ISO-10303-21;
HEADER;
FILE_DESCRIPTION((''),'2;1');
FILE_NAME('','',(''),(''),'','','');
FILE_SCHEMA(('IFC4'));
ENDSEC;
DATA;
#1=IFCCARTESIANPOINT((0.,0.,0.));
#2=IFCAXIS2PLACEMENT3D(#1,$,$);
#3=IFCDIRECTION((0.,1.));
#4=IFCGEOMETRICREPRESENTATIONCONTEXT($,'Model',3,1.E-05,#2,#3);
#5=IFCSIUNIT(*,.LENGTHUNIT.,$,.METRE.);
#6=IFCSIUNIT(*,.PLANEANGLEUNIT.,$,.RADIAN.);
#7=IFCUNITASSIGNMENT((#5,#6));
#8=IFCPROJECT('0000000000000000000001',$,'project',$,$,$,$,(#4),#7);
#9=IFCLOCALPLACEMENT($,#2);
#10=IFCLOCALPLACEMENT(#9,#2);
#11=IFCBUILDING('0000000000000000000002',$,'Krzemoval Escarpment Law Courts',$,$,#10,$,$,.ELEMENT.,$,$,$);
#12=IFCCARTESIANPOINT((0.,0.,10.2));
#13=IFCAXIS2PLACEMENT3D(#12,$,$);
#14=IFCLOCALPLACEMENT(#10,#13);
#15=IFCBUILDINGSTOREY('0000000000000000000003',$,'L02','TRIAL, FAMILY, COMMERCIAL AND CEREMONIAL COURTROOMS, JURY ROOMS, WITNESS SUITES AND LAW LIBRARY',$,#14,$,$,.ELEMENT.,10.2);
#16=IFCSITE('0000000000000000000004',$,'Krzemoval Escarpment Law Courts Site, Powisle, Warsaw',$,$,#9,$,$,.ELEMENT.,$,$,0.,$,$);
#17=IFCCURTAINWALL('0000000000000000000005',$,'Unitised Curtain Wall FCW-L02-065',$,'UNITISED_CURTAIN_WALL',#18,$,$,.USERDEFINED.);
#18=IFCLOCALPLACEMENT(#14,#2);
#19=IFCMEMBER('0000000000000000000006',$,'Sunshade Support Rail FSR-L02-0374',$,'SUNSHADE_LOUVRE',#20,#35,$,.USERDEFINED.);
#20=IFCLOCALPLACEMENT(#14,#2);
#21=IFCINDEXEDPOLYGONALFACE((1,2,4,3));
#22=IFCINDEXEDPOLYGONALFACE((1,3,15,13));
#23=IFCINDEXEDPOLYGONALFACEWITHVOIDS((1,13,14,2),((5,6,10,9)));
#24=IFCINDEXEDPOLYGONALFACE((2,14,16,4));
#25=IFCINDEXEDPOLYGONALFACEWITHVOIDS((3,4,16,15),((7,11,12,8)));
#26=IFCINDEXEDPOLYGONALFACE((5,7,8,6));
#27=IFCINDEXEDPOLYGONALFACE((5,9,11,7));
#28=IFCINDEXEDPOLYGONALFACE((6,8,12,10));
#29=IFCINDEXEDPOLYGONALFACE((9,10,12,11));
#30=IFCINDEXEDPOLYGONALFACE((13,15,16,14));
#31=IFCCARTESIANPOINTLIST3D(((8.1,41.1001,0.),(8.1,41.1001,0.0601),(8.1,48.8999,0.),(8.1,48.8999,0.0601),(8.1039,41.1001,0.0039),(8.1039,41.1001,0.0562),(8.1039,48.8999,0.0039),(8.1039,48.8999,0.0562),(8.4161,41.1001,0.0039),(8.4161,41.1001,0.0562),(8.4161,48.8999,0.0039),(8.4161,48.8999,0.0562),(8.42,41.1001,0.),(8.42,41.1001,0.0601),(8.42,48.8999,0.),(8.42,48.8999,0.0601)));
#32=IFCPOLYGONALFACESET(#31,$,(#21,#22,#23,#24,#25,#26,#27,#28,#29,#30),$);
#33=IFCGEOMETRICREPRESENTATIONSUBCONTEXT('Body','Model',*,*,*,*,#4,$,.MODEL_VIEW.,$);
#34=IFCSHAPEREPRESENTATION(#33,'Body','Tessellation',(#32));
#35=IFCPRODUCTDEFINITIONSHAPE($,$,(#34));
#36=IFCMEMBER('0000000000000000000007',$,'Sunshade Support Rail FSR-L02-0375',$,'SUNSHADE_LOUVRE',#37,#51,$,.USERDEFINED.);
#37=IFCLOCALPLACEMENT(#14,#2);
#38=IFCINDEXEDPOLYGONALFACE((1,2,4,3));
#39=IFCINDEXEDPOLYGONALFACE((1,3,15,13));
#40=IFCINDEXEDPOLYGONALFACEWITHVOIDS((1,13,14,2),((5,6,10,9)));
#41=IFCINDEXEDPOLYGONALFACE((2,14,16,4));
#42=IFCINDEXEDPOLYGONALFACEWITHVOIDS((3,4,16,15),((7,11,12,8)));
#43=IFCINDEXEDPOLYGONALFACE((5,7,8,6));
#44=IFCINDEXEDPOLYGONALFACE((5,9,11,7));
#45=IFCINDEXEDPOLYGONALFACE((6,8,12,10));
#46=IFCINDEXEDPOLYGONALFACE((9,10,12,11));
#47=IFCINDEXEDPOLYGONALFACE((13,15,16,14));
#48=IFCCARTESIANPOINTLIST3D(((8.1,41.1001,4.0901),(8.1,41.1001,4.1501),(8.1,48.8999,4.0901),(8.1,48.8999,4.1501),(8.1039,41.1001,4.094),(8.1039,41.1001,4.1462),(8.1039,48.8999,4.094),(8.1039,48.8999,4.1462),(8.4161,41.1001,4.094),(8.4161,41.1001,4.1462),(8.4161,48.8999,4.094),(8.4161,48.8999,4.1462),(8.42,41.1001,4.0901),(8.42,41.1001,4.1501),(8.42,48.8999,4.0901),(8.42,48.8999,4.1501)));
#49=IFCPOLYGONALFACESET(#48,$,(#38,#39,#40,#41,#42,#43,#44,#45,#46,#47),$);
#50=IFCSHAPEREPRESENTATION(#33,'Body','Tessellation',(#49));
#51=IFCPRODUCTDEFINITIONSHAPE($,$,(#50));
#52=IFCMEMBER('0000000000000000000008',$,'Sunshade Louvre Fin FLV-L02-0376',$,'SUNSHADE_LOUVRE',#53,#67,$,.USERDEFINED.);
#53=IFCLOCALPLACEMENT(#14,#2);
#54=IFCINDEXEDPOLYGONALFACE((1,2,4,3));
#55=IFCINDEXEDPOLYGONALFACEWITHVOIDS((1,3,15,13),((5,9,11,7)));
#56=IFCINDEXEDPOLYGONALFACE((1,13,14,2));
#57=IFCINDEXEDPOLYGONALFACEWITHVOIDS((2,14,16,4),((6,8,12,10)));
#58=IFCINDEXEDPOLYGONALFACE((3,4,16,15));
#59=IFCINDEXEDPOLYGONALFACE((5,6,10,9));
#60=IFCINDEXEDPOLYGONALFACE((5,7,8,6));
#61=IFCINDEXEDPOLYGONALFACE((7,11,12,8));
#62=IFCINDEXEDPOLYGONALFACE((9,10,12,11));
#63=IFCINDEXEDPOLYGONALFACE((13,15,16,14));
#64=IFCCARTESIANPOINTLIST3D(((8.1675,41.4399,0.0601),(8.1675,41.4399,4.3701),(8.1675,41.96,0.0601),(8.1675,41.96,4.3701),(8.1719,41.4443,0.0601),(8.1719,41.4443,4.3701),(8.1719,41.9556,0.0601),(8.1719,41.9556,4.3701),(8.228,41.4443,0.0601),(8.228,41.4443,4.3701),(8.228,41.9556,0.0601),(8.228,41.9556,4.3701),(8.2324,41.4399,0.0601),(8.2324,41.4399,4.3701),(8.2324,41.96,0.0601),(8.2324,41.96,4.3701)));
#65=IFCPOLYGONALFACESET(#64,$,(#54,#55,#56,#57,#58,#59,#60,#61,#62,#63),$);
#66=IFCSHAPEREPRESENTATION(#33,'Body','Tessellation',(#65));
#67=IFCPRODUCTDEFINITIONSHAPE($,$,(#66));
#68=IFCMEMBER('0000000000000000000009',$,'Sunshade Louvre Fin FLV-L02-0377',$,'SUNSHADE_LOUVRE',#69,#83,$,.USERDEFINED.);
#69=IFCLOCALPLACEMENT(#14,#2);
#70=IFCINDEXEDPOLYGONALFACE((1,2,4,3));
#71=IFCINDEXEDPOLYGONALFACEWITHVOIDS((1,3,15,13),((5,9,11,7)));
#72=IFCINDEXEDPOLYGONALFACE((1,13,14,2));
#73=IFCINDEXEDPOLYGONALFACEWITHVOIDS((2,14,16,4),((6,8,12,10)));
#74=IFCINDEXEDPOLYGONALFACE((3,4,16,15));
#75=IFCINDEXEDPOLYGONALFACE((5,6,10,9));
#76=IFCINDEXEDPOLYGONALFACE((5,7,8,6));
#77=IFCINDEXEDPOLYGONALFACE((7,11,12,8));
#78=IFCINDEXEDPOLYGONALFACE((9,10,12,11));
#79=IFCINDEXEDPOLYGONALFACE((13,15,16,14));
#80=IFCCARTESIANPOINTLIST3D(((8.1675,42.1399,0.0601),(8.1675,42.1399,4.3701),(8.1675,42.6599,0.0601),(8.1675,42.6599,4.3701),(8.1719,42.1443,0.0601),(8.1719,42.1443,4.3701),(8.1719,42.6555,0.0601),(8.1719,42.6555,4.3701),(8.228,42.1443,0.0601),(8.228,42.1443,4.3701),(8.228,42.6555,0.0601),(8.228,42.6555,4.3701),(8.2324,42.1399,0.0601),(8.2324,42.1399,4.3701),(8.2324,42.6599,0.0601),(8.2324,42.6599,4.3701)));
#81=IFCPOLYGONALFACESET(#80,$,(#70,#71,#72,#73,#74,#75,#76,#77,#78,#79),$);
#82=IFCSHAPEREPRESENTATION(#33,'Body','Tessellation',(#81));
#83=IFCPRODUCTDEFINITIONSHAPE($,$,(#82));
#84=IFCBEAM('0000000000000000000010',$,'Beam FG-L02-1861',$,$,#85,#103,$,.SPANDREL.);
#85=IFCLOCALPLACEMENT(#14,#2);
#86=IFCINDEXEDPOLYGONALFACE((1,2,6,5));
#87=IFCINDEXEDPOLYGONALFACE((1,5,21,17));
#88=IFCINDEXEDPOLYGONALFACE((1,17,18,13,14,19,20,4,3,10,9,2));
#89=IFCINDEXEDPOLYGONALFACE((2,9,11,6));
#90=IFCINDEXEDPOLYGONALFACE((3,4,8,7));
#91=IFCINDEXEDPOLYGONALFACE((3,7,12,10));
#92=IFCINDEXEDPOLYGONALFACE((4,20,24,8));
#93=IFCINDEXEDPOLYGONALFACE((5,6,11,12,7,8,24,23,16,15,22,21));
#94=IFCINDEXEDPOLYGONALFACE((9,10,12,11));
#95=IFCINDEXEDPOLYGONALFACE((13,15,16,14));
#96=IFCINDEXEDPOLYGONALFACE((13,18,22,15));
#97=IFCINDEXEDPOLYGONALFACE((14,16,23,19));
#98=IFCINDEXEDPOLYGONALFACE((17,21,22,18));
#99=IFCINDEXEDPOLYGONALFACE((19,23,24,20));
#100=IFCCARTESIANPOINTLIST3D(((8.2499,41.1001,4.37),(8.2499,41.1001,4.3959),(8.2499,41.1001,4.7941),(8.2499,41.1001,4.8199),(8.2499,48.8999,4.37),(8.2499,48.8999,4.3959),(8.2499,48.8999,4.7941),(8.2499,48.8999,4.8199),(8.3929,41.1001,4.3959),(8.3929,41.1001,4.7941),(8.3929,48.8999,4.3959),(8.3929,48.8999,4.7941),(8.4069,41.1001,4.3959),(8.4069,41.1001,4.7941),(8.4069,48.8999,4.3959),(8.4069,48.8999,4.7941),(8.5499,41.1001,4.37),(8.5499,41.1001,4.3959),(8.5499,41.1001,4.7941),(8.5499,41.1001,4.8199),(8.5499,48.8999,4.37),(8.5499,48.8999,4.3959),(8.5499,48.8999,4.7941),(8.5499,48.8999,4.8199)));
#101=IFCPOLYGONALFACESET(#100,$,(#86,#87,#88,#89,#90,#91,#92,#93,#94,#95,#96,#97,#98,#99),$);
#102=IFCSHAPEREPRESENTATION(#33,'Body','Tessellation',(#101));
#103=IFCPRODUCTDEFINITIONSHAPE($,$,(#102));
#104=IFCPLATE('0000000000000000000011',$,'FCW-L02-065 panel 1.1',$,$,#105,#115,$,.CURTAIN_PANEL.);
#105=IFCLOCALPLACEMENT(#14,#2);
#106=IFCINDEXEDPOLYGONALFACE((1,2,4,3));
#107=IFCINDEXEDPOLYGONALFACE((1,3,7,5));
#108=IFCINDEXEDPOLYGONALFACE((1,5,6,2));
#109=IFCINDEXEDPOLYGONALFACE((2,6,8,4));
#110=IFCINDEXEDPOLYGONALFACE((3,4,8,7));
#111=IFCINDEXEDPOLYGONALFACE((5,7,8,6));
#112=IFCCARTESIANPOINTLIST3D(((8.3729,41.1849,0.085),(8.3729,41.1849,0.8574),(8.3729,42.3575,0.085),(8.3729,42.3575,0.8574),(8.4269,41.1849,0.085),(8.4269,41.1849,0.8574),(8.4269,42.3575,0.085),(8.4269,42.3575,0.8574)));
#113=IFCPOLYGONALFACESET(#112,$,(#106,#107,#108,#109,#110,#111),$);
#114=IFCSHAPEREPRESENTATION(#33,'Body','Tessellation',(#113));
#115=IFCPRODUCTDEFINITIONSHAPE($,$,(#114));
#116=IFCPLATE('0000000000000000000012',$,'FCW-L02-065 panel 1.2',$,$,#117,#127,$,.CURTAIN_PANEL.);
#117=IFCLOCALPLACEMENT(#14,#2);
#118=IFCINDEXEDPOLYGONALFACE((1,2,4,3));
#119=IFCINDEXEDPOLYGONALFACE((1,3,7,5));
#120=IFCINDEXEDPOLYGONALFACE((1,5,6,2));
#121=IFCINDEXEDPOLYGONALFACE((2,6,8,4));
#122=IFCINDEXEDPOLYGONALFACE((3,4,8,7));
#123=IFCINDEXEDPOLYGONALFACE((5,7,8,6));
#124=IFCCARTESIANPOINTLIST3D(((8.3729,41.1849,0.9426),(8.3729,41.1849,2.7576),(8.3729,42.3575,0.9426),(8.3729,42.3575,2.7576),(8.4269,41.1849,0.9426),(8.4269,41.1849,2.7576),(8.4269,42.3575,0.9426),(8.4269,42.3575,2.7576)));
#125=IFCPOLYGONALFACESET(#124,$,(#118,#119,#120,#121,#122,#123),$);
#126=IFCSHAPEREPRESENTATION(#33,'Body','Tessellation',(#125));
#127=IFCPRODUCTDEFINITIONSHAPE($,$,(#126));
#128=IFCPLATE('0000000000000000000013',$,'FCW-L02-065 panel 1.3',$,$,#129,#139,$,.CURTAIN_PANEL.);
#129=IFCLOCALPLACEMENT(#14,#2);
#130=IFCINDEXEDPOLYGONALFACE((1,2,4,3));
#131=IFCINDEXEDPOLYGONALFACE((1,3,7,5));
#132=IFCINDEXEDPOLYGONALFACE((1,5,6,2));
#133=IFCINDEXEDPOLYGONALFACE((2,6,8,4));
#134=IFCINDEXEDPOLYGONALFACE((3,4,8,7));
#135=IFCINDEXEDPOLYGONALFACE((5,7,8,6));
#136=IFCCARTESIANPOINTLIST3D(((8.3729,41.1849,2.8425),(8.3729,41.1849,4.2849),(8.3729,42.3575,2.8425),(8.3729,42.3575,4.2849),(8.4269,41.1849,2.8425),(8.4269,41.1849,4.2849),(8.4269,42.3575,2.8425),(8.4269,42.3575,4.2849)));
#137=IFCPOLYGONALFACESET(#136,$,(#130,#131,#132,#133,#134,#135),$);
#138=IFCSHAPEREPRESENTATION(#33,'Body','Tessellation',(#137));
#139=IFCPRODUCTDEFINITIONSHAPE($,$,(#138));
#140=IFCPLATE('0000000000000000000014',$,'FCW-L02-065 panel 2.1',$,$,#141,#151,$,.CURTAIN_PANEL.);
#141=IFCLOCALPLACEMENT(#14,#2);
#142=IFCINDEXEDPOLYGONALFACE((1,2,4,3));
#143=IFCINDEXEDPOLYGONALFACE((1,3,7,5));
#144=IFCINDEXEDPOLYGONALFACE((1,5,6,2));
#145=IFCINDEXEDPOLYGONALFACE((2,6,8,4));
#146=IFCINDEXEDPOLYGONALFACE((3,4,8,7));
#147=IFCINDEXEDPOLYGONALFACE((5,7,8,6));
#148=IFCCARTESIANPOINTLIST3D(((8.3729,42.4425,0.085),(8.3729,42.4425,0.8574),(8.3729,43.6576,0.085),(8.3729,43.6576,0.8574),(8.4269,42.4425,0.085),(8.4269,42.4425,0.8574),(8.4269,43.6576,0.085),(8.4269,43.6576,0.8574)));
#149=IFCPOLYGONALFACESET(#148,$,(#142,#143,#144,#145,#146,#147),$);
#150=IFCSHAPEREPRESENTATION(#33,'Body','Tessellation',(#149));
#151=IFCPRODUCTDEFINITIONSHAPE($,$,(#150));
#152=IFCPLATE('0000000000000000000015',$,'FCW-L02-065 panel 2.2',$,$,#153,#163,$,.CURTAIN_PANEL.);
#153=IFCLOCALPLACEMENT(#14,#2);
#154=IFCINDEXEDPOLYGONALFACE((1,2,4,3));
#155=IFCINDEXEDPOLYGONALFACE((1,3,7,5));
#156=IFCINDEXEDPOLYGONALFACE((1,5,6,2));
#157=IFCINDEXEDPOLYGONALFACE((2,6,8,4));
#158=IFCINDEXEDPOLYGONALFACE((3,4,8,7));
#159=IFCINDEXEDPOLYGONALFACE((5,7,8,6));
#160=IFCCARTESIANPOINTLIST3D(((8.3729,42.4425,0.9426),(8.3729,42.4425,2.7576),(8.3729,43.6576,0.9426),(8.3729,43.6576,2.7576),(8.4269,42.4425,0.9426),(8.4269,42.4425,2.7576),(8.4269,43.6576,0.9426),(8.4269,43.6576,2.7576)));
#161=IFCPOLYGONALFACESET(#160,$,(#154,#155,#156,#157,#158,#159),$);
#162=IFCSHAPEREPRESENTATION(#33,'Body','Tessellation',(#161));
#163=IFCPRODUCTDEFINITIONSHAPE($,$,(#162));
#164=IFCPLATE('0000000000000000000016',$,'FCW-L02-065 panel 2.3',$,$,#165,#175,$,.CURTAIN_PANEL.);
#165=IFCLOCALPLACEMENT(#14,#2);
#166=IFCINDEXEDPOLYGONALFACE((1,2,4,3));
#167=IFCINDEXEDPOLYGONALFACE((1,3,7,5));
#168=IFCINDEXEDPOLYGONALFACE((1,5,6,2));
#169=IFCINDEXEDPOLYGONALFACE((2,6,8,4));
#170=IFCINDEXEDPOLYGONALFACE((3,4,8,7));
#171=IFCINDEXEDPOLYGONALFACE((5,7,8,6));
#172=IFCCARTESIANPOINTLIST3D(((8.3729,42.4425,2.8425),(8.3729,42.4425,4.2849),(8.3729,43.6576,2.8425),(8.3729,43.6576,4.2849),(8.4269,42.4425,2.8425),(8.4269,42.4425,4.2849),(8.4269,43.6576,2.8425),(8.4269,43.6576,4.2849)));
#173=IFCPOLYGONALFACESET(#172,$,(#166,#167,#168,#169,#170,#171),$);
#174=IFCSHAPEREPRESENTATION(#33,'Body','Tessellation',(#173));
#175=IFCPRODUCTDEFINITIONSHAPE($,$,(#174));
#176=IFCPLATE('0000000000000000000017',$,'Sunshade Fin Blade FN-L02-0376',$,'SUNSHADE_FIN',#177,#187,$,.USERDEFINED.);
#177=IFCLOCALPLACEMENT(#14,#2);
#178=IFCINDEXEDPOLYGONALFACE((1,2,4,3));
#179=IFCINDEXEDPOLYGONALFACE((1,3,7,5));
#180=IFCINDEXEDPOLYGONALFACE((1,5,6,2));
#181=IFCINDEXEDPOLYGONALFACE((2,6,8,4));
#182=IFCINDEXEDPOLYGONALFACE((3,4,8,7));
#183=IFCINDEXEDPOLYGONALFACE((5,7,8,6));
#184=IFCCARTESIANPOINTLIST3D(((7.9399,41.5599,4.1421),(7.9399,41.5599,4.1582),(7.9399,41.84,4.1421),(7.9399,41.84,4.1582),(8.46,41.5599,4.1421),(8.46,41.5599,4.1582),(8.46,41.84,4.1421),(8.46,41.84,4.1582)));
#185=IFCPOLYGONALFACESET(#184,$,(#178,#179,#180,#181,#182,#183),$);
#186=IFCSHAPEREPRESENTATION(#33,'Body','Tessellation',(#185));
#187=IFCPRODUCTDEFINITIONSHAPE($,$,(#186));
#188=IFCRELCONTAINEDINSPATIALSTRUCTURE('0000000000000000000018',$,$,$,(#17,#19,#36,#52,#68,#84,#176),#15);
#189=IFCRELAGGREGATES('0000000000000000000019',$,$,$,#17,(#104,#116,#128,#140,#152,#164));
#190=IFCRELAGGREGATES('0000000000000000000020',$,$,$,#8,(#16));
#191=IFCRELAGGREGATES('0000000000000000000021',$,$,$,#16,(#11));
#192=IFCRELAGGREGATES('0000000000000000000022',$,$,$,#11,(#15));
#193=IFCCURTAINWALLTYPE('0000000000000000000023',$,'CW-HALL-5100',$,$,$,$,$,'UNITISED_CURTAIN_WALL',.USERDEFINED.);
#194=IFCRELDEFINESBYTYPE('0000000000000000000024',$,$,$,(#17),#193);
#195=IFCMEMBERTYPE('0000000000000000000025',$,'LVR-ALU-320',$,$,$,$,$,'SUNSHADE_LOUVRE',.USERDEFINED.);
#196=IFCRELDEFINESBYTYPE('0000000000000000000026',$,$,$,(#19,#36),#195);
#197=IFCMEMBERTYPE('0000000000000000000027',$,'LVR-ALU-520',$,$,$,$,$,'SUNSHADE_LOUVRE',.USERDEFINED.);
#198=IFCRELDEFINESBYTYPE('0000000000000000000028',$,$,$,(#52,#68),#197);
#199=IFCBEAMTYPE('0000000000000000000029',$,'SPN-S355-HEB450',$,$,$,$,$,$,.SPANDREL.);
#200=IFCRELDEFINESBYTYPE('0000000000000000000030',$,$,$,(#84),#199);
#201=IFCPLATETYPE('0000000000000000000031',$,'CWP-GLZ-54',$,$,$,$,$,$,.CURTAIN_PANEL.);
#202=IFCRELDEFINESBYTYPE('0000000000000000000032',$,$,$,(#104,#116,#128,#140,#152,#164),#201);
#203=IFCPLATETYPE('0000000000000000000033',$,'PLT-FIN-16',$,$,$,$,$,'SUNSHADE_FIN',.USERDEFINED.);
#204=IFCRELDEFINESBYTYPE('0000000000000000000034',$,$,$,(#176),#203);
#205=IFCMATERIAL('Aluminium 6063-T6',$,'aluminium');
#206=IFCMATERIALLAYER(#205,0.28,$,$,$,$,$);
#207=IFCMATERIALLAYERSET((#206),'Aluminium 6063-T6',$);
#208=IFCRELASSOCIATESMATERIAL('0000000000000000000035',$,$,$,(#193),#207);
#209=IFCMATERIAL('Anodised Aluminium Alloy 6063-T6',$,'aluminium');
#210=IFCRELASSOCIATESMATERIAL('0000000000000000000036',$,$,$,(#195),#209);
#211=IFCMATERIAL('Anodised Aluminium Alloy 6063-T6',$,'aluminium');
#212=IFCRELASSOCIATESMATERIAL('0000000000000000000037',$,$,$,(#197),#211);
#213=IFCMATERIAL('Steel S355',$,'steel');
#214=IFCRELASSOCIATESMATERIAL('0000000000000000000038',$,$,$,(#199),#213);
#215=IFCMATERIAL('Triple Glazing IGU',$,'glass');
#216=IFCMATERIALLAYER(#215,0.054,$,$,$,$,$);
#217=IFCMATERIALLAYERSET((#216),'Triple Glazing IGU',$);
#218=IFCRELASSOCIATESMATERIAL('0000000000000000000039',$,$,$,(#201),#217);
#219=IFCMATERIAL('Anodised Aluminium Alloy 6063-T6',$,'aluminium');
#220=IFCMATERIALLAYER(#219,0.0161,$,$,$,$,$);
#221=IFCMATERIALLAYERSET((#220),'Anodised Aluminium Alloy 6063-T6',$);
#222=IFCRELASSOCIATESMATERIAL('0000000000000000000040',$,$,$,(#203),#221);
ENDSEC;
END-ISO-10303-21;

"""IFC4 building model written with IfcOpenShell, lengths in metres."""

from ifc_helpers import new_model, si_unit, direction, frame, origin, origin_2d, place, context, subcontext, project, spatial, rectangle, hollow_rectangle, i_section, extrude, material, layer, layer_set, material_profile, profile_set, type_object, element, aggregate, save


model = new_model("IFC4")

# Units and contexts
model_context = context("Model", 3, precision=1e-05, world=origin(), true_north=direction((0.0, 1.0)))
body_context = subcontext(model_context, "Body", "Model", "MODEL_VIEW")
ifc_project = project(units=[si_unit("LENGTHUNIT", "METRE"), si_unit("PLANEANGLEUNIT", "RADIAN")], contexts=[model_context])

# Site, building, storey
site_placement = place(None, origin())
site = spatial("IfcSite", under=ifc_project, at=site_placement, Name="Krzemoval Escarpment Law Courts Site, Powisle, Warsaw", CompositionType="ELEMENT", RefElevation=0.0)
building_placement = place(site_placement, origin())
building = spatial("IfcBuilding", under=site, at=building_placement, Name="Krzemoval Escarpment Law Courts", CompositionType="ELEMENT")
storey_placement = place(building_placement, frame((0.0, 0.0, 10.2)))
storey = spatial("IfcBuildingStorey", under=building, at=storey_placement, Name="L02", Description="TRIAL, FAMILY, COMMERCIAL AND CEREMONIAL COURTROOMS, JURY ROOMS, WITNESS SUITES AND LAW LIBRARY", CompositionType="ELEMENT", Elevation=10.2)

# Curtain wall
ifc_material_1 = material(Name="Aluminium 6063-T6", Category="aluminium")
ifc_layer_1 = layer(ifc_material_1, 0.28)
ifc_layer_set_1 = layer_set([ifc_layer_1], Name="Aluminium 6063-T6")
curtain_wall_type = type_object("IfcCurtainWallType", Name="CW-HALL-5100", ElementType="UNITISED_CURTAIN_WALL", PredefinedType="USERDEFINED", material=ifc_layer_set_1)
curtain_wall_placement = place(storey_placement, origin())
curtain_wall = element("IfcCurtainWall", 1, at=curtain_wall_placement, inside=storey, type_object=curtain_wall_type, Name="Unitised Curtain Wall FCW-L02-065", ObjectType="UNITISED_CURTAIN_WALL", PredefinedType="USERDEFINED")

# Members
ifc_material_2 = material(Name="Anodised Aluminium Alloy 6063-T6", Category="aluminium")
ifc_material_profile_1 = material_profile(ifc_material_2, hollow_rectangle(XDim=0.0601, YDim=0.3201, WallThickness=0.0039, at=origin_2d()), Name="ALU LVR 60x320")
ifc_profile_set_1 = profile_set([ifc_material_profile_1], Name="Anodised Aluminium Alloy 6063-T6")
member_type_1 = type_object("IfcMemberType", Name="LVR-ALU-320", ElementType="SUNSHADE_LOUVRE", PredefinedType="USERDEFINED", material=ifc_profile_set_1)
for number, where, z_axis, x_axis, name in (
    (2, (8.26, 41.1001, 0.03), (0.0, 1.0, 0.0), (0.0, 0.0, 1.0), "Sunshade Support Rail FSR-L02-0374"),
    (3, (8.26, 41.1001, 4.1201), (0.0, 1.0, 0.0), (0.0, 0.0, 1.0), "Sunshade Support Rail FSR-L02-0375"),
):
    element("IfcMember", number, at=place(storey_placement, frame(where, z_axis=z_axis, x_axis=x_axis)), inside=storey, type_object=member_type_1, Name=name, ObjectType="SUNSHADE_LOUVRE", PredefinedType="USERDEFINED", context=body_context, shape_type="SweptSolid", body=[
        extrude(hollow_rectangle(XDim=0.0601, YDim=0.3201, WallThickness=0.0039, at=origin_2d()), origin(), (0.0, 0.0, 1.0), 7.7998),
    ])
ifc_material_3 = material(Name="Anodised Aluminium Alloy 6063-T6", Category="aluminium")
ifc_material_profile_2 = material_profile(ifc_material_3, hollow_rectangle(XDim=0.0649, YDim=0.52, WallThickness=0.0044, at=origin_2d()), Name="ALU LVR 65x520")
ifc_profile_set_2 = profile_set([ifc_material_profile_2], Name="Anodised Aluminium Alloy 6063-T6")
member_type_2 = type_object("IfcMemberType", Name="LVR-ALU-520", ElementType="SUNSHADE_LOUVRE", PredefinedType="USERDEFINED", material=ifc_profile_set_2)
for number, where, z_axis, x_axis, name in (
    (4, (8.2, 41.7, 0.0601), (0.0, 0.0, 1.0), (1.0, 0.0, 0.0), "Sunshade Louvre Fin FLV-L02-0376"),
    (5, (8.2, 42.3999, 0.0601), (0.0, 0.0, 1.0), (1.0, 0.0, 0.0), "Sunshade Louvre Fin FLV-L02-0377"),
):
    element("IfcMember", number, at=place(storey_placement, frame(where, z_axis=z_axis, x_axis=x_axis)), inside=storey, type_object=member_type_2, Name=name, ObjectType="SUNSHADE_LOUVRE", PredefinedType="USERDEFINED", context=body_context, shape_type="SweptSolid", body=[
        extrude(hollow_rectangle(XDim=0.0649, YDim=0.52, WallThickness=0.0044, at=origin_2d()), origin(), (0.0, 0.0, 1.0), 4.3101),
    ])

# Beam
ifc_material_4 = material(Name="Steel S355", Category="steel")
ifc_material_profile_3 = material_profile(ifc_material_4, i_section(OverallWidth=0.3, OverallDepth=0.45, WebThickness=0.0139, FlangeThickness=0.0259, at=origin_2d()), Name="HEB 450")
ifc_profile_set_3 = profile_set([ifc_material_profile_3], Name="Steel S355")
beam_type = type_object("IfcBeamType", Name="SPN-S355-HEB450", PredefinedType="SPANDREL", material=ifc_profile_set_3)
beam_placement = place(storey_placement, frame((8.3999, 41.1001, 4.595), z_axis=(0.0, 1.0, 0.0), x_axis=(-1.0, 0.0, 0.0)))
element("IfcBeam", 6, at=beam_placement, inside=storey, type_object=beam_type, Name="Beam FG-L02-1861", PredefinedType="SPANDREL", context=body_context, shape_type="SweptSolid", body=[
    extrude(i_section(OverallWidth=0.3, OverallDepth=0.45, WebThickness=0.0139, FlangeThickness=0.0259, at=origin_2d()), origin(), (0.0, 0.0, 1.0), 7.7998),
])

# Plates
ifc_material_5 = material(Name="Triple Glazing IGU", Category="glass")
ifc_layer_2 = layer(ifc_material_5, 0.054)
ifc_layer_set_2 = layer_set([ifc_layer_2], Name="Triple Glazing IGU")
plate_type_1 = type_object("IfcPlateType", Name="CWP-GLZ-54", PredefinedType="CURTAIN_PANEL", material=ifc_layer_set_2)
plate_1_placement = place(storey_placement, frame((8.3999, 41.7712, 0.085), z_axis=(0.0, 0.0, 1.0), x_axis=(0.0, 1.0, 0.0)))
plate_1 = element("IfcPlate", 7, at=plate_1_placement, type_object=plate_type_1, Name="FCW-L02-065 panel 1.1", PredefinedType="CURTAIN_PANEL", context=body_context, shape_type="SweptSolid", body=[
    extrude(rectangle(XDim=1.1726, YDim=0.054, at=origin_2d()), origin(), (0.0, 0.0, 1.0), 0.7725),
])
plate_2_placement = place(storey_placement, frame((8.3999, 41.7712, 0.9426), z_axis=(0.0, 0.0, 1.0), x_axis=(0.0, 1.0, 0.0)))
plate_2 = element("IfcPlate", 8, at=plate_2_placement, type_object=plate_type_1, Name="FCW-L02-065 panel 1.2", PredefinedType="CURTAIN_PANEL", context=body_context, shape_type="SweptSolid", body=[
    extrude(rectangle(XDim=1.1726, YDim=0.054, at=origin_2d()), origin(), (0.0, 0.0, 1.0), 1.8149),
])
plate_3_placement = place(storey_placement, frame((8.3999, 41.7712, 2.8425), z_axis=(0.0, 0.0, 1.0), x_axis=(0.0, 1.0, 0.0)))
plate_3 = element("IfcPlate", 9, at=plate_3_placement, type_object=plate_type_1, Name="FCW-L02-065 panel 1.3", PredefinedType="CURTAIN_PANEL", context=body_context, shape_type="SweptSolid", body=[
    extrude(rectangle(XDim=1.1726, YDim=0.054, at=origin_2d()), origin(), (0.0, 0.0, 1.0), 1.4424),
])
plate_4_placement = place(storey_placement, frame((8.3999, 43.05, 0.085), z_axis=(0.0, 0.0, 1.0), x_axis=(0.0, 1.0, 0.0)))
plate_4 = element("IfcPlate", 10, at=plate_4_placement, type_object=plate_type_1, Name="FCW-L02-065 panel 2.1", PredefinedType="CURTAIN_PANEL", context=body_context, shape_type="SweptSolid", body=[
    extrude(rectangle(XDim=1.2151, YDim=0.054, at=origin_2d()), origin(), (0.0, 0.0, 1.0), 0.7725),
])
plate_5_placement = place(storey_placement, frame((8.3999, 43.05, 0.9426), z_axis=(0.0, 0.0, 1.0), x_axis=(0.0, 1.0, 0.0)))
plate_5 = element("IfcPlate", 11, at=plate_5_placement, type_object=plate_type_1, Name="FCW-L02-065 panel 2.2", PredefinedType="CURTAIN_PANEL", context=body_context, shape_type="SweptSolid", body=[
    extrude(rectangle(XDim=1.2151, YDim=0.054, at=origin_2d()), origin(), (0.0, 0.0, 1.0), 1.8149),
])
plate_6_placement = place(storey_placement, frame((8.3999, 43.05, 2.8425), z_axis=(0.0, 0.0, 1.0), x_axis=(0.0, 1.0, 0.0)))
plate_6 = element("IfcPlate", 12, at=plate_6_placement, type_object=plate_type_1, Name="FCW-L02-065 panel 2.3", PredefinedType="CURTAIN_PANEL", context=body_context, shape_type="SweptSolid", body=[
    extrude(rectangle(XDim=1.2151, YDim=0.054, at=origin_2d()), origin(), (0.0, 0.0, 1.0), 1.4424),
])
aggregate(curtain_wall, [plate_1, plate_2, plate_3, plate_4, plate_5, plate_6])
ifc_material_6 = material(Name="Anodised Aluminium Alloy 6063-T6", Category="aluminium")
ifc_layer_3 = layer(ifc_material_6, 0.0161)
ifc_layer_set_3 = layer_set([ifc_layer_3], Name="Anodised Aluminium Alloy 6063-T6")
plate_type_2 = type_object("IfcPlateType", Name="PLT-FIN-16", ElementType="SUNSHADE_FIN", PredefinedType="USERDEFINED", material=ifc_layer_set_3)
plate_7_placement = place(storey_placement, frame((8.2, 41.7, 4.1421), z_axis=(0.0, 0.0, 1.0), x_axis=(-1.0, 0.0, 0.0)))
element("IfcPlate", 13, at=plate_7_placement, inside=storey, type_object=plate_type_2, Name="Sunshade Fin Blade FN-L02-0376", ObjectType="SUNSHADE_FIN", PredefinedType="USERDEFINED", context=body_context, shape_type="SweptSolid", body=[
    extrude(rectangle(XDim=0.52, YDim=0.28, at=origin_2d()), origin(), (0.0, 0.0, 1.0), 0.0161),
])

save(model, "model.ifc")
